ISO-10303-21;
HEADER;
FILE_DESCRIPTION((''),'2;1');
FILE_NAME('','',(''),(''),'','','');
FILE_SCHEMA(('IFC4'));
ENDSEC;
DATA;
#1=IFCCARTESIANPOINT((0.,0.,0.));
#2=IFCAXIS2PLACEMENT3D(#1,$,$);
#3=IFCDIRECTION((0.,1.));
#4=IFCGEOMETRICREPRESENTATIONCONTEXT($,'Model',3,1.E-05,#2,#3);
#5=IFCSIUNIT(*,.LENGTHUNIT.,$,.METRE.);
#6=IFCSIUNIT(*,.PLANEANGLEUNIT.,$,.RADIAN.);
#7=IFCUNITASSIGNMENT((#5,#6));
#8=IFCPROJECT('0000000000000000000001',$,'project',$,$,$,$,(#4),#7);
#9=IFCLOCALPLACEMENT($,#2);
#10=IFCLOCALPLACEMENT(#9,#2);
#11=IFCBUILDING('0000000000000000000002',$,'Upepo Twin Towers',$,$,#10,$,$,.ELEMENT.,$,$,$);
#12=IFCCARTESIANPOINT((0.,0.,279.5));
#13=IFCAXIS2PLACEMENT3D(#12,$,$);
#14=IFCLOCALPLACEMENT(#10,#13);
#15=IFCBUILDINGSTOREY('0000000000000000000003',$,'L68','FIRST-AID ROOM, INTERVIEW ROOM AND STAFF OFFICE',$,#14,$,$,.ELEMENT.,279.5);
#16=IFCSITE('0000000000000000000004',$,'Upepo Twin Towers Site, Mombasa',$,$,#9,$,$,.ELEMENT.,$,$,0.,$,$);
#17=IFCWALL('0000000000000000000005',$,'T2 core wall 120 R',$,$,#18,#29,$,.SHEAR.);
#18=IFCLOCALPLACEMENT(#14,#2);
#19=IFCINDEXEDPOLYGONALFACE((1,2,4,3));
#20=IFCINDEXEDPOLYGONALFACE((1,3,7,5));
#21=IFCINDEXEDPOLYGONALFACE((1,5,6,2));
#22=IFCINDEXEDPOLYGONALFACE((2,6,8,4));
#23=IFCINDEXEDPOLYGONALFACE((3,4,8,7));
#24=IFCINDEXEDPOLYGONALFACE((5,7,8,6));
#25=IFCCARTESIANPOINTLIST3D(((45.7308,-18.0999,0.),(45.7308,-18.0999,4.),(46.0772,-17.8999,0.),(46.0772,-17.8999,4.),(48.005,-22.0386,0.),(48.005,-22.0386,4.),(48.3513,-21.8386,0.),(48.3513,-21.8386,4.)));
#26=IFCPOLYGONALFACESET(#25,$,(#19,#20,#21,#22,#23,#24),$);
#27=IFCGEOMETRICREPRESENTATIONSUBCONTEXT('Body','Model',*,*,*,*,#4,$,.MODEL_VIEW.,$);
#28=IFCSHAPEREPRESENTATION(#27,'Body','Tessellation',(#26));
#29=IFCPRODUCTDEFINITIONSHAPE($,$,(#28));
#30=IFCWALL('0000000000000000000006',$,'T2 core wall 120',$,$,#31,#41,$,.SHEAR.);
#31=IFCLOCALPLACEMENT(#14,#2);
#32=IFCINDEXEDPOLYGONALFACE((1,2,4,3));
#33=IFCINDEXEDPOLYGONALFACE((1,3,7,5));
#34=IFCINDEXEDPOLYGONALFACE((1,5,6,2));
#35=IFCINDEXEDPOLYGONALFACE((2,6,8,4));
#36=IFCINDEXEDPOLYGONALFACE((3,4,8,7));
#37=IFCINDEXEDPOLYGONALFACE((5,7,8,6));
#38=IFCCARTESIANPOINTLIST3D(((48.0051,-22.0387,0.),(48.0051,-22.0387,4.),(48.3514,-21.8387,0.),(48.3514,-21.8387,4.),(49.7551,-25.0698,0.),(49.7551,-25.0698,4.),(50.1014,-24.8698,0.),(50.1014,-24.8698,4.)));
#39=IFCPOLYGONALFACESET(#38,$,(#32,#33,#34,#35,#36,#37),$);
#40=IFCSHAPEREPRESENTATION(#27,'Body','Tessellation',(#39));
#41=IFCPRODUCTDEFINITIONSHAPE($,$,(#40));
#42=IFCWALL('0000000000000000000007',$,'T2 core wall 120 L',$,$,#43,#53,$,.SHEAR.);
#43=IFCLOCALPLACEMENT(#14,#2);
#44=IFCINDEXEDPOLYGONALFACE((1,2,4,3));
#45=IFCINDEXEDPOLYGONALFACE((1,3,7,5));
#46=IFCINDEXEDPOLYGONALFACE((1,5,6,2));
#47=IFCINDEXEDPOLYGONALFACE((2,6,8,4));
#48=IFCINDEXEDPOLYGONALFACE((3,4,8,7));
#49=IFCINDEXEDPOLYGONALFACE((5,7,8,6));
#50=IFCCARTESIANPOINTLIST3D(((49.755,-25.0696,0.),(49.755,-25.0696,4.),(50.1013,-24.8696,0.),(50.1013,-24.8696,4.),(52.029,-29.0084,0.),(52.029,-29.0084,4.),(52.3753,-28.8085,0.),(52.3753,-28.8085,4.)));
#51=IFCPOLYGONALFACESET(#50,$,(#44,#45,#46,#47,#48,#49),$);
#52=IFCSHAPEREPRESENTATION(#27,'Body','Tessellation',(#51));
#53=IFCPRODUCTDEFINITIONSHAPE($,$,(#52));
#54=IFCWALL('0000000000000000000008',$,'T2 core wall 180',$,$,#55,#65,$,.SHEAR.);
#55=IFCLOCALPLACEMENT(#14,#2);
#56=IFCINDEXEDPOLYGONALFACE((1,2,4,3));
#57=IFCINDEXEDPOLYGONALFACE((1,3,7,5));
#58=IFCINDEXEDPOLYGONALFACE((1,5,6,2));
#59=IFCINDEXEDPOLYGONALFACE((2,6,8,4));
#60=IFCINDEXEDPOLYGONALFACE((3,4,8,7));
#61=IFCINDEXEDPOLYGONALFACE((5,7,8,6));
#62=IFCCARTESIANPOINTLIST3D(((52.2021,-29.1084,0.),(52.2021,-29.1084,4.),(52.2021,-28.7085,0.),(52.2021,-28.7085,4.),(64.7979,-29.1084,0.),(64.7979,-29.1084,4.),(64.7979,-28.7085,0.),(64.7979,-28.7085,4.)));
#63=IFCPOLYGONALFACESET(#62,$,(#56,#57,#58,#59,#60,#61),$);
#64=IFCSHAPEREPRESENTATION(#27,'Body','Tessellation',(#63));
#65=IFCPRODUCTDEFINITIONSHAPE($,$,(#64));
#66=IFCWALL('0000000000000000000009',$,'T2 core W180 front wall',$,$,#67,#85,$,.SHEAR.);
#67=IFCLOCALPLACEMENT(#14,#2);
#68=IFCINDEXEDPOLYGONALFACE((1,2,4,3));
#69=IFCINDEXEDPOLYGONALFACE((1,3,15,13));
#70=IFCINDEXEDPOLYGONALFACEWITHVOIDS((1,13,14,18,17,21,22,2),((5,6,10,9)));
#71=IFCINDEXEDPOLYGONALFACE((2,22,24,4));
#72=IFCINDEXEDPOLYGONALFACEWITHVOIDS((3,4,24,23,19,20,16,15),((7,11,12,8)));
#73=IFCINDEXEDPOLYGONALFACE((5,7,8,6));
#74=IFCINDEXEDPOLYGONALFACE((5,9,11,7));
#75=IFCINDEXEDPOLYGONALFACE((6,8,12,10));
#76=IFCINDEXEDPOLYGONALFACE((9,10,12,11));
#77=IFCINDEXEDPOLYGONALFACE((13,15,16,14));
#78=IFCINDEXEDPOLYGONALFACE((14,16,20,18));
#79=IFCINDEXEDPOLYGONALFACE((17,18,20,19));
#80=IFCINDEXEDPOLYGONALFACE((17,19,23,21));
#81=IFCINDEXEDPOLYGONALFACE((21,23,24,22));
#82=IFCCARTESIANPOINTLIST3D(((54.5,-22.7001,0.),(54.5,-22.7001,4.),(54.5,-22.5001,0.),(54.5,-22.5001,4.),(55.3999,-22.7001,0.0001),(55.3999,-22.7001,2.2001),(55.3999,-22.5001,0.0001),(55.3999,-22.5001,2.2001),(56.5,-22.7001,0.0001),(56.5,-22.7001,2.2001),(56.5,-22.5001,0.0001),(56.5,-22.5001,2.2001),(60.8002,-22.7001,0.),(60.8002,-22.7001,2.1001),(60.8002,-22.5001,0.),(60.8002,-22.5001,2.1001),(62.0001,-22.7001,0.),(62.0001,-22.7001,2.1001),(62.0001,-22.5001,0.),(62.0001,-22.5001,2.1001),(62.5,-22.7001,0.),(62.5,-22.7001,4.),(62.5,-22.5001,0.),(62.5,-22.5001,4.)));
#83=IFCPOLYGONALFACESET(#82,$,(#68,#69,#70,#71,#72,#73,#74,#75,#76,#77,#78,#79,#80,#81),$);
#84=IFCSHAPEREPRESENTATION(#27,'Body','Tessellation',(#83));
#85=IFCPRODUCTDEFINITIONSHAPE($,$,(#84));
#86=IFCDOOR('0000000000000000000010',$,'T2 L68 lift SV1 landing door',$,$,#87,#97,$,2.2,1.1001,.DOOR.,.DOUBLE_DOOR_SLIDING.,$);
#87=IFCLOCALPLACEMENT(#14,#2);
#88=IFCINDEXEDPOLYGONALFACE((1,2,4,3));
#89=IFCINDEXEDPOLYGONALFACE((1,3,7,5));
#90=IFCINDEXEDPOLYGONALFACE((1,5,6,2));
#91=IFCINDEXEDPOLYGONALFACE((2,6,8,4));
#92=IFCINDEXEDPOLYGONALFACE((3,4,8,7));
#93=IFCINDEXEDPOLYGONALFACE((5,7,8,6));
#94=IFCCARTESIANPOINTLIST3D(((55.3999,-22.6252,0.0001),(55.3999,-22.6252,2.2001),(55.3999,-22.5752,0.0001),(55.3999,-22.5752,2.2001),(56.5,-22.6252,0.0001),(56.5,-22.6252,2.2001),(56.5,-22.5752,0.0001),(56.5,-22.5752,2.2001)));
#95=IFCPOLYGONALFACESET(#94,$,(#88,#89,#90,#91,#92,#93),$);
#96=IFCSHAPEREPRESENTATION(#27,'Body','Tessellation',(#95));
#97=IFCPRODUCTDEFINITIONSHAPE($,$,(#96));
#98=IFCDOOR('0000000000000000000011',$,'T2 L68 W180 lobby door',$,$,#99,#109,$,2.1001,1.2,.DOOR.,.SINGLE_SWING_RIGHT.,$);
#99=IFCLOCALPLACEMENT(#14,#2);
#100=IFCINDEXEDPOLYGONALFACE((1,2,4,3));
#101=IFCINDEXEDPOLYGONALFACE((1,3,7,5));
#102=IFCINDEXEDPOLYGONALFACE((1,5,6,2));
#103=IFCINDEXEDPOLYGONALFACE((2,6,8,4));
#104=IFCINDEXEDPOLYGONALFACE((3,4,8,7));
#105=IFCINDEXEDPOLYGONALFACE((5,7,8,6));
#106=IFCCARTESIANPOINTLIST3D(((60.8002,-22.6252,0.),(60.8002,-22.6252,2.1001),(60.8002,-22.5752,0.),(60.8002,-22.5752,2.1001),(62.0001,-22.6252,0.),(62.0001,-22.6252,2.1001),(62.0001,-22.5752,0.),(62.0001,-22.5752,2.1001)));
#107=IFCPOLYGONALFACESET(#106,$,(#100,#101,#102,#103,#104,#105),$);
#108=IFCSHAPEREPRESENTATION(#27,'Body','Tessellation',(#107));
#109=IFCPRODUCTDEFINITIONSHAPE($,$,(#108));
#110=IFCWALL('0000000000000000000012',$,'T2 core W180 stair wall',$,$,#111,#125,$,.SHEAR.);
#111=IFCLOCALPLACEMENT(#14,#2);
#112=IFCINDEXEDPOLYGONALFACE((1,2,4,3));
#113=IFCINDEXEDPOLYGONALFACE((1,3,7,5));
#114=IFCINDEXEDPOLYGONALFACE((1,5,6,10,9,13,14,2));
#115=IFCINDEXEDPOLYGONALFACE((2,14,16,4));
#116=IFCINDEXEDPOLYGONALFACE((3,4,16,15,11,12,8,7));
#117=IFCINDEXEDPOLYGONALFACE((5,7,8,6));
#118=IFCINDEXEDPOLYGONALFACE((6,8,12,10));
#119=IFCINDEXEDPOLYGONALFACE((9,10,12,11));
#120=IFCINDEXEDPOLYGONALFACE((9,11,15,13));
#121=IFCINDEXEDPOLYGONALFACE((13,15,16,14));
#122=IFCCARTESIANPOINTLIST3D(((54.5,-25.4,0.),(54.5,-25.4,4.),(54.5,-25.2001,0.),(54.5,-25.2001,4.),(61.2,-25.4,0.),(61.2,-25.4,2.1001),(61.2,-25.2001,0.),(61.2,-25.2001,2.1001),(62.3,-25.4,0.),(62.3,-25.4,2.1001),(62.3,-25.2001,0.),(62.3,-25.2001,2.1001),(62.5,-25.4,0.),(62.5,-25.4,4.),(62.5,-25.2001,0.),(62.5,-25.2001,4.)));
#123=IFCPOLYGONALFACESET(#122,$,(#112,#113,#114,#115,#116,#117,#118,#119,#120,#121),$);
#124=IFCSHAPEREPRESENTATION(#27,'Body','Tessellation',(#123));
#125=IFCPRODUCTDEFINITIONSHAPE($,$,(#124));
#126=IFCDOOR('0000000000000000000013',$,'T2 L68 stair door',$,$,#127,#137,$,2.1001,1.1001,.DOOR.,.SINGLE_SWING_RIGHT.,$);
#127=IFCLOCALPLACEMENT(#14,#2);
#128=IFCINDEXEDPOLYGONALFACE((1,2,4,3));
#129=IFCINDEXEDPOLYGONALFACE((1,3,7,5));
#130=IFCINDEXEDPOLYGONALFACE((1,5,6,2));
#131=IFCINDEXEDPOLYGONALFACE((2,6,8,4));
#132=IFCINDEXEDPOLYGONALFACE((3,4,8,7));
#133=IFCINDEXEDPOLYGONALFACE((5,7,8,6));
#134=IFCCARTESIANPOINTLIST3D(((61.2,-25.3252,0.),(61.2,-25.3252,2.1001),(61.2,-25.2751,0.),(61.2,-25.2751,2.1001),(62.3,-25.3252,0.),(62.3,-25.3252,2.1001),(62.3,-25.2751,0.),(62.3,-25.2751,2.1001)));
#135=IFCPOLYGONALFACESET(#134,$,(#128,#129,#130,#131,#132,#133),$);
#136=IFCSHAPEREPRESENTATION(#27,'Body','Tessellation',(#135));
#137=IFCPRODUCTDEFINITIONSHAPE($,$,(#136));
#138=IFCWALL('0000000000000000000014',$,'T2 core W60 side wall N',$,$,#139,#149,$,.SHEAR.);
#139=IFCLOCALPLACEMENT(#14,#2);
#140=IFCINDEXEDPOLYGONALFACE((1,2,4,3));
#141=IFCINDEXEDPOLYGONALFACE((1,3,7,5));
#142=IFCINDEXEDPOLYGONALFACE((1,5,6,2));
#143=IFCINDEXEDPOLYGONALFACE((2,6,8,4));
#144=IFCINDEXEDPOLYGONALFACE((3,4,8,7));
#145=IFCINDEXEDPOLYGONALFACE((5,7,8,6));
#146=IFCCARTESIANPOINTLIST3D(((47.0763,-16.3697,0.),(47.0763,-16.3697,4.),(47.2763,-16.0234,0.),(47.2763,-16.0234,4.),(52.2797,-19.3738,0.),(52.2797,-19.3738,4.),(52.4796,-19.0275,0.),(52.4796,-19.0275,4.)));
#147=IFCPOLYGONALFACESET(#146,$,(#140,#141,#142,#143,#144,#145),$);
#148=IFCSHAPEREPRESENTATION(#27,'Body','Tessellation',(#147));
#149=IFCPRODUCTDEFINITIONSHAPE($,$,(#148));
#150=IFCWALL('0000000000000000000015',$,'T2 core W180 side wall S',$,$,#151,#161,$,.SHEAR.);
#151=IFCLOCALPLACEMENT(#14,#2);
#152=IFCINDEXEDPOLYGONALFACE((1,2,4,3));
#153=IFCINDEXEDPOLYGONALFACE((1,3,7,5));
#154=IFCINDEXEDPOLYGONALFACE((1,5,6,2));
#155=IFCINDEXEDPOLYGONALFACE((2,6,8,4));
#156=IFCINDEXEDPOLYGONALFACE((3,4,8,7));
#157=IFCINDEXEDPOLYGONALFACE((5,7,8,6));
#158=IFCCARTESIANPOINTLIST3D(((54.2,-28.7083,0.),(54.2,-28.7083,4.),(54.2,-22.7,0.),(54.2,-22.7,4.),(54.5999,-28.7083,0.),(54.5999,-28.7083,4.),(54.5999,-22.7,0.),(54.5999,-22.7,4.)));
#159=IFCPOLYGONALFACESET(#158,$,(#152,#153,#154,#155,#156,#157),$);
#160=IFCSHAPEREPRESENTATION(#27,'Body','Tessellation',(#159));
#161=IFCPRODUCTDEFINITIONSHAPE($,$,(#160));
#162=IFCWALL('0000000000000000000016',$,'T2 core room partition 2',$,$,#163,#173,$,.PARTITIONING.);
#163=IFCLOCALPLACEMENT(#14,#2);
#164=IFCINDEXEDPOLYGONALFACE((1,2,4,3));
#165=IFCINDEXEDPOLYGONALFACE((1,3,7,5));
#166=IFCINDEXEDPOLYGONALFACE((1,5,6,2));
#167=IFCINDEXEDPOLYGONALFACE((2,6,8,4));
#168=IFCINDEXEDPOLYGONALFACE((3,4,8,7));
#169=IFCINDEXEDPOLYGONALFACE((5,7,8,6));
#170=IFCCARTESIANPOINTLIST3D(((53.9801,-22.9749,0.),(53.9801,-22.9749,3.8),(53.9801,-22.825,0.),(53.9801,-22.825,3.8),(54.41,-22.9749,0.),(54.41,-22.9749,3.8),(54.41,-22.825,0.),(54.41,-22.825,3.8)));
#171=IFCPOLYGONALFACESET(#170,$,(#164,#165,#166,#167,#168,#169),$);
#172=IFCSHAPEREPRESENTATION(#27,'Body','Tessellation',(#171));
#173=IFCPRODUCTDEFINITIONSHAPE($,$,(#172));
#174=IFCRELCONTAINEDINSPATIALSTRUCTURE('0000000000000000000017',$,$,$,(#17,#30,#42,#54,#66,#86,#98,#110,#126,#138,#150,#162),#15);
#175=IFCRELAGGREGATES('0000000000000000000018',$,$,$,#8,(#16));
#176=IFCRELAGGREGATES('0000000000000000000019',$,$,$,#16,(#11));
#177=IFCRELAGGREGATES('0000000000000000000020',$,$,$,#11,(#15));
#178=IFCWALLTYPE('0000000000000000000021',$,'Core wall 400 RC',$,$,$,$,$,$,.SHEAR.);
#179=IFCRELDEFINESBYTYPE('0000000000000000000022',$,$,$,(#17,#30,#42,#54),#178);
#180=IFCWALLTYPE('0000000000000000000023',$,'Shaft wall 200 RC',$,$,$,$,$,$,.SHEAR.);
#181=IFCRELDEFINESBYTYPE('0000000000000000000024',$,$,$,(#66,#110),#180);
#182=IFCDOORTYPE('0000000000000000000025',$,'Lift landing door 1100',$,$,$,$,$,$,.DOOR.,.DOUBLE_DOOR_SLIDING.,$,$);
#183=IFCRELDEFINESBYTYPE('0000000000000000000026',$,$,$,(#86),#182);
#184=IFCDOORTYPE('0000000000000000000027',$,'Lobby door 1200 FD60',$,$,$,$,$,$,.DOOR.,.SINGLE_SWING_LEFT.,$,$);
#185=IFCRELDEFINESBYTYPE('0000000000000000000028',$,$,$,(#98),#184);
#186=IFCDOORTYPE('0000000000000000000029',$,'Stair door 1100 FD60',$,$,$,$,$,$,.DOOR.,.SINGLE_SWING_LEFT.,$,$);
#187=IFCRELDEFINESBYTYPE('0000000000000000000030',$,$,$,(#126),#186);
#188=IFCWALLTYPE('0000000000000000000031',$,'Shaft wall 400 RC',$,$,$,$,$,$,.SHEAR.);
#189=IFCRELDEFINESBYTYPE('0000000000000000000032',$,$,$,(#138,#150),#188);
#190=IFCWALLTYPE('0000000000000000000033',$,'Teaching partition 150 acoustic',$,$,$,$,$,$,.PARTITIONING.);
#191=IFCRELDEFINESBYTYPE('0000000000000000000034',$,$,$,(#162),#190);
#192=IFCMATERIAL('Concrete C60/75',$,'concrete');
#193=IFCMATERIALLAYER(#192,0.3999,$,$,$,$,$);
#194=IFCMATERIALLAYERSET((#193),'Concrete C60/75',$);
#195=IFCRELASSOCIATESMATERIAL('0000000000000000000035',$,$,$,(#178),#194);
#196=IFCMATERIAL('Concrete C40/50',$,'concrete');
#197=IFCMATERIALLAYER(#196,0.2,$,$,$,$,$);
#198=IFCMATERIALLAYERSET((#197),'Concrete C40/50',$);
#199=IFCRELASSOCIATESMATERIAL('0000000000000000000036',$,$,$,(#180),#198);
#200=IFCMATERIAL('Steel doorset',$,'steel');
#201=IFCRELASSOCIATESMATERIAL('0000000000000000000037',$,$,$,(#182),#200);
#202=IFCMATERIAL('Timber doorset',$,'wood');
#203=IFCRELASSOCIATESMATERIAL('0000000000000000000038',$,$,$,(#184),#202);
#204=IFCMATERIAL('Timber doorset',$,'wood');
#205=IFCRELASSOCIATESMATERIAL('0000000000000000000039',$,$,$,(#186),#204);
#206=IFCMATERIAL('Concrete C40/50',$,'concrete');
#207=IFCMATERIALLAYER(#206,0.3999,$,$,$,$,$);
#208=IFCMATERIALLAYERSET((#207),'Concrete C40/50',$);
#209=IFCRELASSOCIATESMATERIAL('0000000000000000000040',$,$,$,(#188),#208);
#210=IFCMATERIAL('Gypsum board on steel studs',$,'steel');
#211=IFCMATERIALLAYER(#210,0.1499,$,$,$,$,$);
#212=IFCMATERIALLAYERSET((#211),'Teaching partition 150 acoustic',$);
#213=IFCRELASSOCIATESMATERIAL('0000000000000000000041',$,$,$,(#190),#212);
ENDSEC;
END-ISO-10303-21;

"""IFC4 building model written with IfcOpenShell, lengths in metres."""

from ifc_helpers import new_model, si_unit, direction, frame, frame_2d, origin, place, context, subcontext, project, spatial, rectangle, extrude, material, layer, layer_set, type_object, element, fill, save


model = new_model("IFC4")

# Units and contexts
model_context = context("Model", 3, precision=1e-05, world=origin(), true_north=direction((0.0, 1.0)))
body_context = subcontext(model_context, "Body", "Model", "MODEL_VIEW")
ifc_project = project(units=[si_unit("LENGTHUNIT", "METRE"), si_unit("PLANEANGLEUNIT", "RADIAN")], contexts=[model_context])

# Site, building, storey
site_placement = place(None, origin())
site = spatial("IfcSite", under=ifc_project, at=site_placement, Name="Upepo Twin Towers Site, Mombasa", CompositionType="ELEMENT", RefElevation=0.0)
building_placement = place(site_placement, origin())
building = spatial("IfcBuilding", under=site, at=building_placement, Name="Upepo Twin Towers", CompositionType="ELEMENT")
storey_placement = place(building_placement, frame((0.0, 0.0, 279.5)))
storey = spatial("IfcBuildingStorey", under=building, at=storey_placement, Name="L68", Description="FIRST-AID ROOM, INTERVIEW ROOM AND STAFF OFFICE", CompositionType="ELEMENT", Elevation=279.5)

# Walls
ifc_material_1 = material(Name="Concrete C60/75", Category="concrete")
ifc_layer_1 = layer(ifc_material_1, 0.3999)
ifc_layer_set_1 = layer_set([ifc_layer_1], Name="Concrete C60/75")
wall_type_1 = type_object("IfcWallType", Name="Core wall 400 RC", PredefinedType="SHEAR", material=ifc_layer_set_1)
wall_1_placement = place(storey_placement, frame((45.9041, -18.0, 0.0), z_axis=(0.0, 0.0, 1.0), x_axis=(0.500024, -0.866011, 0.0)))
element("IfcWall", 1, at=wall_1_placement, inside=storey, type_object=wall_type_1, Name="T2 core wall 120 R", PredefinedType="SHEAR", context=body_context, shape_type="SweptSolid", body=[
    extrude(rectangle(XDim=4.5481, YDim=0.3999, at=frame_2d((2.2739, 0.0))), origin(), (0.0, 0.0, 1.0), 4.0),
])
wall_2_placement = place(storey_placement, frame((48.1782, -21.9387, 0.0), z_axis=(0.0, 0.0, 1.0), x_axis=(0.50001, -0.866019, 0.0)))
element("IfcWall", 2, at=wall_2_placement, inside=storey, type_object=wall_type_1, Name="T2 core wall 120", PredefinedType="SHEAR", context=body_context, shape_type="SweptSolid", body=[
    extrude(rectangle(XDim=3.5, YDim=0.3999, at=frame_2d((1.75, 0.0))), origin(), (0.0, 0.0, 1.0), 4.0),
])
wall_3_placement = place(storey_placement, frame((49.9282, -24.9697, 0.0), z_axis=(0.0, 0.0, 1.0), x_axis=(0.499984, -0.866035, 0.0)))
element("IfcWall", 3, at=wall_3_placement, inside=storey, type_object=wall_type_1, Name="T2 core wall 120 L", PredefinedType="SHEAR", context=body_context, shape_type="SweptSolid", body=[
    extrude(rectangle(XDim=4.5481, YDim=0.3999, at=frame_2d((2.2739, 0.0))), origin(), (0.0, 0.0, 1.0), 4.0),
])
wall_4_placement = place(storey_placement, frame((52.2021, -28.9084, 0.0), z_axis=(0.0, 0.0, 1.0), x_axis=(1.0, 0.0, 0.0)))
element("IfcWall", 4, at=wall_4_placement, inside=storey, type_object=wall_type_1, Name="T2 core wall 180", PredefinedType="SHEAR", context=body_context, shape_type="SweptSolid", body=[
    extrude(rectangle(XDim=12.5957, YDim=0.3999, at=frame_2d((6.2979, 0.0))), origin(), (0.0, 0.0, 1.0), 4.0),
])

# Wall, openings, doors
ifc_material_2 = material(Name="Concrete C40/50", Category="concrete")
ifc_layer_2 = layer(ifc_material_2, 0.2)
ifc_layer_set_2 = layer_set([ifc_layer_2], Name="Concrete C40/50")
wall_type_2 = type_object("IfcWallType", Name="Shaft wall 200 RC", PredefinedType="SHEAR", material=ifc_layer_set_2)
wall_5_placement = place(storey_placement, frame((54.5, -22.6001, 0.0), z_axis=(0.0, 0.0, 1.0), x_axis=(1.0, 0.0, 0.0)))
wall_5 = element("IfcWall", 5, at=wall_5_placement, inside=storey, type_object=wall_type_2, Name="T2 core W180 front wall", PredefinedType="SHEAR", context=body_context, shape_type="SweptSolid", body=[
    extrude(rectangle(XDim=8.0, YDim=0.2, at=frame_2d((4.0, 0.0))), origin(), (0.0, 0.0, 1.0), 4.0),
])
opening_1_placement = place(wall_5_placement, frame((6.3, 0.0, 0.0)))
opening_1 = element("IfcOpeningElement", 6, at=opening_1_placement, cuts=wall_5, PredefinedType="OPENING", context=body_context, shape_type="SweptSolid", body=[
    extrude(rectangle(XDim=1.2, YDim=2.1001, at=frame_2d((0.6001, 1.05))), frame((0.0, 0.1099, 0.0), z_axis=(0.0, -1.0, 0.0), x_axis=(1.0, 0.0, 0.0)), (0.0, 0.0, 1.0), 0.22),
])
opening_2_placement = place(wall_5_placement, frame((0.8999, 0.0, 0.0)))
opening_2 = element("IfcOpeningElement", 7, at=opening_2_placement, cuts=wall_5, PredefinedType="OPENING", context=body_context, shape_type="SweptSolid", body=[
    extrude(rectangle(XDim=1.1001, YDim=2.2, at=frame_2d((0.55, 1.1001))), frame((0.0, 0.1099, 0.0), z_axis=(0.0, -1.0, 0.0), x_axis=(1.0, 0.0, 0.0)), (0.0, 0.0, 1.0), 0.22),
])
ifc_material_3 = material(Name="Steel doorset", Category="steel")
door_type_1 = type_object("IfcDoorType", Name="Lift landing door 1100", OperationType="DOUBLE_DOOR_SLIDING", PredefinedType="DOOR", material=ifc_material_3)
door_1_placement = place(opening_2_placement, origin())
door_1 = element("IfcDoor", 8, at=door_1_placement, inside=storey, type_object=door_type_1, Name="T2 L68 lift SV1 landing door", OperationType="DOUBLE_DOOR_SLIDING", OverallHeight=2.2, OverallWidth=1.1001, PredefinedType="DOOR", context=body_context, shape_type="SweptSolid", body=[
    extrude(rectangle(XDim=1.1001, YDim=2.2, at=frame_2d((0.55, 1.1001))), frame((0.0, 0.0249, 0.0), z_axis=(0.0, -1.0, 0.0), x_axis=(1.0, 0.0, 0.0)), (0.0, 0.0, 1.0), 0.05),
])
fill(opening_2, door_1)
ifc_material_4 = material(Name="Timber doorset", Category="wood")
door_type_2 = type_object("IfcDoorType", Name="Lobby door 1200 FD60", OperationType="SINGLE_SWING_LEFT", PredefinedType="DOOR", material=ifc_material_4)
door_2_placement = place(opening_1_placement, origin())
door_2 = element("IfcDoor", 9, at=door_2_placement, inside=storey, type_object=door_type_2, Name="T2 L68 W180 lobby door", OperationType="SINGLE_SWING_RIGHT", OverallHeight=2.1001, OverallWidth=1.2, PredefinedType="DOOR", context=body_context, shape_type="SweptSolid", body=[
    extrude(rectangle(XDim=1.2, YDim=2.1001, at=frame_2d((0.6001, 1.05))), frame((0.0, 0.0249, 0.0), z_axis=(0.0, -1.0, 0.0), x_axis=(1.0, 0.0, 0.0)), (0.0, 0.0, 1.0), 0.05),
])
fill(opening_1, door_2)

# Wall, opening, door
wall_6_placement = place(storey_placement, frame((54.5, -25.3, 0.0), z_axis=(0.0, 0.0, 1.0), x_axis=(1.0, 0.0, 0.0)))
wall_6 = element("IfcWall", 10, at=wall_6_placement, inside=storey, type_object=wall_type_2, Name="T2 core W180 stair wall", PredefinedType="SHEAR", context=body_context, shape_type="SweptSolid", body=[
    extrude(rectangle(XDim=8.0, YDim=0.2, at=frame_2d((4.0, 0.0))), origin(), (0.0, 0.0, 1.0), 4.0),
])
opening_3_placement = place(wall_6_placement, frame((6.7, 0.0, 0.0)))
opening_3 = element("IfcOpeningElement", 11, at=opening_3_placement, cuts=wall_6, PredefinedType="OPENING", context=body_context, shape_type="SweptSolid", body=[
    extrude(rectangle(XDim=1.1001, YDim=2.1001, at=frame_2d((0.55, 1.05))), frame((0.0, 0.1099, 0.0), z_axis=(0.0, -1.0, 0.0), x_axis=(1.0, 0.0, 0.0)), (0.0, 0.0, 1.0), 0.22),
])
ifc_material_5 = material(Name="Timber doorset", Category="wood")
door_type_3 = type_object("IfcDoorType", Name="Stair door 1100 FD60", OperationType="SINGLE_SWING_LEFT", PredefinedType="DOOR", material=ifc_material_5)
door_3_placement = place(opening_3_placement, origin())
door_3 = element("IfcDoor", 12, at=door_3_placement, inside=storey, type_object=door_type_3, Name="T2 L68 stair door", OperationType="SINGLE_SWING_RIGHT", OverallHeight=2.1001, OverallWidth=1.1001, PredefinedType="DOOR", context=body_context, shape_type="SweptSolid", body=[
    extrude(rectangle(XDim=1.1001, YDim=2.1001, at=frame_2d((0.55, 1.05))), frame((0.0, 0.0249, 0.0), z_axis=(0.0, -1.0, 0.0), x_axis=(1.0, 0.0, 0.0)), (0.0, 0.0, 1.0), 0.05),
])
fill(opening_3, door_3)

# Walls
ifc_material_6 = material(Name="Concrete C40/50", Category="concrete")
ifc_layer_3 = layer(ifc_material_6, 0.3999)
ifc_layer_set_3 = layer_set([ifc_layer_3], Name="Concrete C40/50")
wall_type_3 = type_object("IfcWallType", Name="Shaft wall 400 RC", PredefinedType="SHEAR", material=ifc_layer_set_3)
for number, where, z_axis, x_axis, name in (
    (13, (52.3796, -19.2007, 0.0), (0.0, 0.0, 1.0), (-0.866027, 0.499998, 0.0), "T2 core W60 side wall N"),
    (14, (54.3999, -22.7, 0.0), (0.0, 0.0, 1.0), (0.0, -1.0, 0.0), "T2 core W180 side wall S"),
):
    element("IfcWall", number, at=place(storey_placement, frame(where, z_axis=z_axis, x_axis=x_axis)), inside=storey, type_object=wall_type_3, Name=name, PredefinedType="SHEAR", context=body_context, shape_type="SweptSolid", body=[
        extrude(rectangle(XDim=6.0083, YDim=0.3999, at=frame_2d((3.0042, 0.0))), origin(), (0.0, 0.0, 1.0), 4.0),
    ])
ifc_material_7 = material(Name="Gypsum board on steel studs", Category="steel")
ifc_layer_4 = layer(ifc_material_7, 0.1499)
ifc_layer_set_4 = layer_set([ifc_layer_4], Name="Teaching partition 150 acoustic")
wall_type_4 = type_object("IfcWallType", Name="Teaching partition 150 acoustic", PredefinedType="PARTITIONING", material=ifc_layer_set_4)
wall_7_placement = place(storey_placement, frame((54.4099, -22.8999, 0.0), z_axis=(0.0, 0.0, 1.0), x_axis=(-1.0, 0.0, 0.0)))
element("IfcWall", 15, at=wall_7_placement, inside=storey, type_object=wall_type_4, Name="T2 core room partition 2", PredefinedType="PARTITIONING", context=body_context, shape_type="SweptSolid", body=[
    extrude(rectangle(XDim=0.4299, YDim=0.1499, at=frame_2d((0.2148, 0.0))), origin(), (0.0, 0.0, 1.0), 3.8),
])

save(model, "model.ifc")
